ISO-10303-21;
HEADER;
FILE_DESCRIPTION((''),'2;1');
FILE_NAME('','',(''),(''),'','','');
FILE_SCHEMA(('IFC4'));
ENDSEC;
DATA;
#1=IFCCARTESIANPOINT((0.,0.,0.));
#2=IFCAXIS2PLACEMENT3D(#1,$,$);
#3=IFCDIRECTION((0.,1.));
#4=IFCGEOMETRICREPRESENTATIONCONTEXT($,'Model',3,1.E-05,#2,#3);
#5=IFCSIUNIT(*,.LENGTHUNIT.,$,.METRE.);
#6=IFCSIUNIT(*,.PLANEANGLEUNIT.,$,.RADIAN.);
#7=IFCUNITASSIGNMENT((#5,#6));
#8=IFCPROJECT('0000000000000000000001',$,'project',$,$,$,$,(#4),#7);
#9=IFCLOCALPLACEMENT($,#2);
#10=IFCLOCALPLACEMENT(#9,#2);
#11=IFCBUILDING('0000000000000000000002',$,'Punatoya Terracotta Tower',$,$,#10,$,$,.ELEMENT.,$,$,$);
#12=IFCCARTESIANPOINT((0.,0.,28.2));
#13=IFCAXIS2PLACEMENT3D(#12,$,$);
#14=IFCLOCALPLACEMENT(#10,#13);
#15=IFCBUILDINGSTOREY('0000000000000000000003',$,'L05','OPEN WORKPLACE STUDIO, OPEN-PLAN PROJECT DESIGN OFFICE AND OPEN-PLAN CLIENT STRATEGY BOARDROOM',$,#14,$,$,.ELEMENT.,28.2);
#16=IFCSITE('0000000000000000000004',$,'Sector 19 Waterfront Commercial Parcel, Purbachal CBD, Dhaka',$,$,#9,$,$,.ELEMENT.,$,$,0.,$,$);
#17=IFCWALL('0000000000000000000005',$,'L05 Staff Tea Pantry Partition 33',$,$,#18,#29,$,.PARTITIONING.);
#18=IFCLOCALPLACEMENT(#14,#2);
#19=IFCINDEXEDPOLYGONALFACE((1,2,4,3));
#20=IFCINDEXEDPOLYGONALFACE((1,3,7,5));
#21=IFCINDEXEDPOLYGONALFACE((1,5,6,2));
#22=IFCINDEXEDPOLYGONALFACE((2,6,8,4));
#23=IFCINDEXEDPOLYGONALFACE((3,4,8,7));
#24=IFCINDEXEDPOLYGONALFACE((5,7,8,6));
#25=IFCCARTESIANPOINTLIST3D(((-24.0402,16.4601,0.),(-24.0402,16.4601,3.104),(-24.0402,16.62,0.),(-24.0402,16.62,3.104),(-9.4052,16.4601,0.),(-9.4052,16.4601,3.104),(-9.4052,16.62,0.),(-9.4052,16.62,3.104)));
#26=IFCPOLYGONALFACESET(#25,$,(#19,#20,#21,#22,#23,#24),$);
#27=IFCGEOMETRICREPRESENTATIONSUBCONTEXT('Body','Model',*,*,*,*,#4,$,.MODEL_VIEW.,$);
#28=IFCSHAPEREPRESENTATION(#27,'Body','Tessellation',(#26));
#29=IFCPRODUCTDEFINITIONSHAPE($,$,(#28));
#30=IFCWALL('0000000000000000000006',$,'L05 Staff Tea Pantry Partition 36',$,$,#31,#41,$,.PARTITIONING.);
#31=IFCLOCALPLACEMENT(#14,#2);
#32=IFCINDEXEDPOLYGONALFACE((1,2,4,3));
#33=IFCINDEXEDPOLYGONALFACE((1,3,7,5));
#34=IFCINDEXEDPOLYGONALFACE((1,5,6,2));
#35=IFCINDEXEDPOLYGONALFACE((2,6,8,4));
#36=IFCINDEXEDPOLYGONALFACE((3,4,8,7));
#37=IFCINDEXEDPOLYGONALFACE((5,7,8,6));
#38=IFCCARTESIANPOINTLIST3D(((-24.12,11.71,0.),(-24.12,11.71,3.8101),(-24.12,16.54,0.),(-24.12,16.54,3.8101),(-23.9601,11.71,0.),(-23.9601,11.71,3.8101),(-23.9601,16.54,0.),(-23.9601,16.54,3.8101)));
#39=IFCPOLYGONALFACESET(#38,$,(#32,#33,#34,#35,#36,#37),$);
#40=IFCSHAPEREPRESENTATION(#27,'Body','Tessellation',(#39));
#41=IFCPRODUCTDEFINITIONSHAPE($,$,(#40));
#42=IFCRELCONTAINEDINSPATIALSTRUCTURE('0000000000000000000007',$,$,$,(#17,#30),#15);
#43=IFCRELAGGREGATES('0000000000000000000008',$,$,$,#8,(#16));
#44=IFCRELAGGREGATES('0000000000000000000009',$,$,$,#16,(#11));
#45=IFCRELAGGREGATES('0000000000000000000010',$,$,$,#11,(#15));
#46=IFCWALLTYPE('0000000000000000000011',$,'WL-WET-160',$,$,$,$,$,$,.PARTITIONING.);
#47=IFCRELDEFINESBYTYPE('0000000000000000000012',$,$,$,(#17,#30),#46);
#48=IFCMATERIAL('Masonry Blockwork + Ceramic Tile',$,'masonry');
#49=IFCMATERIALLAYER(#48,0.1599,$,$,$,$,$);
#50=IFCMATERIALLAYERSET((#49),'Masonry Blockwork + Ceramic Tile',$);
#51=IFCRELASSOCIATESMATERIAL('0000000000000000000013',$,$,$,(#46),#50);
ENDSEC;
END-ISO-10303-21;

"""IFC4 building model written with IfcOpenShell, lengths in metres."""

from ifc_helpers import new_model, si_unit, direction, frame, frame_2d, origin, place, context, subcontext, project, spatial, rectangle, extrude, material, layer, layer_set, type_object, element, save


model = new_model("IFC4")

# Units and contexts
model_context = context("Model", 3, precision=1e-05, world=origin(), true_north=direction((0.0, 1.0)))
body_context = subcontext(model_context, "Body", "Model", "MODEL_VIEW")
ifc_project = project(units=[si_unit("LENGTHUNIT", "METRE"), si_unit("PLANEANGLEUNIT", "RADIAN")], contexts=[model_context])

# Site, building, storey
site_placement = place(None, origin())
site = spatial("IfcSite", under=ifc_project, at=site_placement, Name="Sector 19 Waterfront Commercial Parcel, Purbachal CBD, Dhaka", CompositionType="ELEMENT", RefElevation=0.0)
building_placement = place(site_placement, origin())
building = spatial("IfcBuilding", under=site, at=building_placement, Name="Punatoya Terracotta Tower", CompositionType="ELEMENT")
storey_placement = place(building_placement, frame((0.0, 0.0, 28.2)))
storey = spatial("IfcBuildingStorey", under=building, at=storey_placement, Name="L05", Description="OPEN WORKPLACE STUDIO, OPEN-PLAN PROJECT DESIGN OFFICE AND OPEN-PLAN CLIENT STRATEGY BOARDROOM", CompositionType="ELEMENT", Elevation=28.2)

# Walls
ifc_material_1 = material(Name="Masonry Blockwork + Ceramic Tile", Category="masonry")
ifc_layer_1 = layer(ifc_material_1, 0.1599)
ifc_layer_set_1 = layer_set([ifc_layer_1], Name="Masonry Blockwork + Ceramic Tile")
wall_type_1 = type_object("IfcWallType", Name="WL-WET-160", PredefinedType="PARTITIONING", material=ifc_layer_set_1)
wall_1_placement = place(storey_placement, frame((-24.04, 16.54, 0.0), z_axis=(0.0, 0.0, 1.0), x_axis=(1.0, 0.0, 0.0)))
element("IfcWall", 1, at=wall_1_placement, inside=storey, type_object=wall_type_1, Name="L05 Staff Tea Pantry Partition 33", PredefinedType="PARTITIONING", context=body_context, shape_type="SweptSolid", body=[
    extrude(rectangle(XDim=14.635, YDim=0.1599, at=frame_2d((7.3174, 0.0))), origin(), (0.0, 0.0, 1.0), 3.104),
])
wall_2_placement = place(storey_placement, frame((-24.04, 11.71, 0.0), z_axis=(0.0, 0.0, 1.0), x_axis=(0.0, 1.0, 0.0)))
element("IfcWall", 2, at=wall_2_placement, inside=storey, type_object=wall_type_1, Name="L05 Staff Tea Pantry Partition 36", PredefinedType="PARTITIONING", context=body_context, shape_type="SweptSolid", body=[
    extrude(rectangle(XDim=4.8301, YDim=0.1599, at=frame_2d((2.415, 0.0))), origin(), (0.0, 0.0, 1.0), 3.8101),
])

save(model, "model.ifc")
